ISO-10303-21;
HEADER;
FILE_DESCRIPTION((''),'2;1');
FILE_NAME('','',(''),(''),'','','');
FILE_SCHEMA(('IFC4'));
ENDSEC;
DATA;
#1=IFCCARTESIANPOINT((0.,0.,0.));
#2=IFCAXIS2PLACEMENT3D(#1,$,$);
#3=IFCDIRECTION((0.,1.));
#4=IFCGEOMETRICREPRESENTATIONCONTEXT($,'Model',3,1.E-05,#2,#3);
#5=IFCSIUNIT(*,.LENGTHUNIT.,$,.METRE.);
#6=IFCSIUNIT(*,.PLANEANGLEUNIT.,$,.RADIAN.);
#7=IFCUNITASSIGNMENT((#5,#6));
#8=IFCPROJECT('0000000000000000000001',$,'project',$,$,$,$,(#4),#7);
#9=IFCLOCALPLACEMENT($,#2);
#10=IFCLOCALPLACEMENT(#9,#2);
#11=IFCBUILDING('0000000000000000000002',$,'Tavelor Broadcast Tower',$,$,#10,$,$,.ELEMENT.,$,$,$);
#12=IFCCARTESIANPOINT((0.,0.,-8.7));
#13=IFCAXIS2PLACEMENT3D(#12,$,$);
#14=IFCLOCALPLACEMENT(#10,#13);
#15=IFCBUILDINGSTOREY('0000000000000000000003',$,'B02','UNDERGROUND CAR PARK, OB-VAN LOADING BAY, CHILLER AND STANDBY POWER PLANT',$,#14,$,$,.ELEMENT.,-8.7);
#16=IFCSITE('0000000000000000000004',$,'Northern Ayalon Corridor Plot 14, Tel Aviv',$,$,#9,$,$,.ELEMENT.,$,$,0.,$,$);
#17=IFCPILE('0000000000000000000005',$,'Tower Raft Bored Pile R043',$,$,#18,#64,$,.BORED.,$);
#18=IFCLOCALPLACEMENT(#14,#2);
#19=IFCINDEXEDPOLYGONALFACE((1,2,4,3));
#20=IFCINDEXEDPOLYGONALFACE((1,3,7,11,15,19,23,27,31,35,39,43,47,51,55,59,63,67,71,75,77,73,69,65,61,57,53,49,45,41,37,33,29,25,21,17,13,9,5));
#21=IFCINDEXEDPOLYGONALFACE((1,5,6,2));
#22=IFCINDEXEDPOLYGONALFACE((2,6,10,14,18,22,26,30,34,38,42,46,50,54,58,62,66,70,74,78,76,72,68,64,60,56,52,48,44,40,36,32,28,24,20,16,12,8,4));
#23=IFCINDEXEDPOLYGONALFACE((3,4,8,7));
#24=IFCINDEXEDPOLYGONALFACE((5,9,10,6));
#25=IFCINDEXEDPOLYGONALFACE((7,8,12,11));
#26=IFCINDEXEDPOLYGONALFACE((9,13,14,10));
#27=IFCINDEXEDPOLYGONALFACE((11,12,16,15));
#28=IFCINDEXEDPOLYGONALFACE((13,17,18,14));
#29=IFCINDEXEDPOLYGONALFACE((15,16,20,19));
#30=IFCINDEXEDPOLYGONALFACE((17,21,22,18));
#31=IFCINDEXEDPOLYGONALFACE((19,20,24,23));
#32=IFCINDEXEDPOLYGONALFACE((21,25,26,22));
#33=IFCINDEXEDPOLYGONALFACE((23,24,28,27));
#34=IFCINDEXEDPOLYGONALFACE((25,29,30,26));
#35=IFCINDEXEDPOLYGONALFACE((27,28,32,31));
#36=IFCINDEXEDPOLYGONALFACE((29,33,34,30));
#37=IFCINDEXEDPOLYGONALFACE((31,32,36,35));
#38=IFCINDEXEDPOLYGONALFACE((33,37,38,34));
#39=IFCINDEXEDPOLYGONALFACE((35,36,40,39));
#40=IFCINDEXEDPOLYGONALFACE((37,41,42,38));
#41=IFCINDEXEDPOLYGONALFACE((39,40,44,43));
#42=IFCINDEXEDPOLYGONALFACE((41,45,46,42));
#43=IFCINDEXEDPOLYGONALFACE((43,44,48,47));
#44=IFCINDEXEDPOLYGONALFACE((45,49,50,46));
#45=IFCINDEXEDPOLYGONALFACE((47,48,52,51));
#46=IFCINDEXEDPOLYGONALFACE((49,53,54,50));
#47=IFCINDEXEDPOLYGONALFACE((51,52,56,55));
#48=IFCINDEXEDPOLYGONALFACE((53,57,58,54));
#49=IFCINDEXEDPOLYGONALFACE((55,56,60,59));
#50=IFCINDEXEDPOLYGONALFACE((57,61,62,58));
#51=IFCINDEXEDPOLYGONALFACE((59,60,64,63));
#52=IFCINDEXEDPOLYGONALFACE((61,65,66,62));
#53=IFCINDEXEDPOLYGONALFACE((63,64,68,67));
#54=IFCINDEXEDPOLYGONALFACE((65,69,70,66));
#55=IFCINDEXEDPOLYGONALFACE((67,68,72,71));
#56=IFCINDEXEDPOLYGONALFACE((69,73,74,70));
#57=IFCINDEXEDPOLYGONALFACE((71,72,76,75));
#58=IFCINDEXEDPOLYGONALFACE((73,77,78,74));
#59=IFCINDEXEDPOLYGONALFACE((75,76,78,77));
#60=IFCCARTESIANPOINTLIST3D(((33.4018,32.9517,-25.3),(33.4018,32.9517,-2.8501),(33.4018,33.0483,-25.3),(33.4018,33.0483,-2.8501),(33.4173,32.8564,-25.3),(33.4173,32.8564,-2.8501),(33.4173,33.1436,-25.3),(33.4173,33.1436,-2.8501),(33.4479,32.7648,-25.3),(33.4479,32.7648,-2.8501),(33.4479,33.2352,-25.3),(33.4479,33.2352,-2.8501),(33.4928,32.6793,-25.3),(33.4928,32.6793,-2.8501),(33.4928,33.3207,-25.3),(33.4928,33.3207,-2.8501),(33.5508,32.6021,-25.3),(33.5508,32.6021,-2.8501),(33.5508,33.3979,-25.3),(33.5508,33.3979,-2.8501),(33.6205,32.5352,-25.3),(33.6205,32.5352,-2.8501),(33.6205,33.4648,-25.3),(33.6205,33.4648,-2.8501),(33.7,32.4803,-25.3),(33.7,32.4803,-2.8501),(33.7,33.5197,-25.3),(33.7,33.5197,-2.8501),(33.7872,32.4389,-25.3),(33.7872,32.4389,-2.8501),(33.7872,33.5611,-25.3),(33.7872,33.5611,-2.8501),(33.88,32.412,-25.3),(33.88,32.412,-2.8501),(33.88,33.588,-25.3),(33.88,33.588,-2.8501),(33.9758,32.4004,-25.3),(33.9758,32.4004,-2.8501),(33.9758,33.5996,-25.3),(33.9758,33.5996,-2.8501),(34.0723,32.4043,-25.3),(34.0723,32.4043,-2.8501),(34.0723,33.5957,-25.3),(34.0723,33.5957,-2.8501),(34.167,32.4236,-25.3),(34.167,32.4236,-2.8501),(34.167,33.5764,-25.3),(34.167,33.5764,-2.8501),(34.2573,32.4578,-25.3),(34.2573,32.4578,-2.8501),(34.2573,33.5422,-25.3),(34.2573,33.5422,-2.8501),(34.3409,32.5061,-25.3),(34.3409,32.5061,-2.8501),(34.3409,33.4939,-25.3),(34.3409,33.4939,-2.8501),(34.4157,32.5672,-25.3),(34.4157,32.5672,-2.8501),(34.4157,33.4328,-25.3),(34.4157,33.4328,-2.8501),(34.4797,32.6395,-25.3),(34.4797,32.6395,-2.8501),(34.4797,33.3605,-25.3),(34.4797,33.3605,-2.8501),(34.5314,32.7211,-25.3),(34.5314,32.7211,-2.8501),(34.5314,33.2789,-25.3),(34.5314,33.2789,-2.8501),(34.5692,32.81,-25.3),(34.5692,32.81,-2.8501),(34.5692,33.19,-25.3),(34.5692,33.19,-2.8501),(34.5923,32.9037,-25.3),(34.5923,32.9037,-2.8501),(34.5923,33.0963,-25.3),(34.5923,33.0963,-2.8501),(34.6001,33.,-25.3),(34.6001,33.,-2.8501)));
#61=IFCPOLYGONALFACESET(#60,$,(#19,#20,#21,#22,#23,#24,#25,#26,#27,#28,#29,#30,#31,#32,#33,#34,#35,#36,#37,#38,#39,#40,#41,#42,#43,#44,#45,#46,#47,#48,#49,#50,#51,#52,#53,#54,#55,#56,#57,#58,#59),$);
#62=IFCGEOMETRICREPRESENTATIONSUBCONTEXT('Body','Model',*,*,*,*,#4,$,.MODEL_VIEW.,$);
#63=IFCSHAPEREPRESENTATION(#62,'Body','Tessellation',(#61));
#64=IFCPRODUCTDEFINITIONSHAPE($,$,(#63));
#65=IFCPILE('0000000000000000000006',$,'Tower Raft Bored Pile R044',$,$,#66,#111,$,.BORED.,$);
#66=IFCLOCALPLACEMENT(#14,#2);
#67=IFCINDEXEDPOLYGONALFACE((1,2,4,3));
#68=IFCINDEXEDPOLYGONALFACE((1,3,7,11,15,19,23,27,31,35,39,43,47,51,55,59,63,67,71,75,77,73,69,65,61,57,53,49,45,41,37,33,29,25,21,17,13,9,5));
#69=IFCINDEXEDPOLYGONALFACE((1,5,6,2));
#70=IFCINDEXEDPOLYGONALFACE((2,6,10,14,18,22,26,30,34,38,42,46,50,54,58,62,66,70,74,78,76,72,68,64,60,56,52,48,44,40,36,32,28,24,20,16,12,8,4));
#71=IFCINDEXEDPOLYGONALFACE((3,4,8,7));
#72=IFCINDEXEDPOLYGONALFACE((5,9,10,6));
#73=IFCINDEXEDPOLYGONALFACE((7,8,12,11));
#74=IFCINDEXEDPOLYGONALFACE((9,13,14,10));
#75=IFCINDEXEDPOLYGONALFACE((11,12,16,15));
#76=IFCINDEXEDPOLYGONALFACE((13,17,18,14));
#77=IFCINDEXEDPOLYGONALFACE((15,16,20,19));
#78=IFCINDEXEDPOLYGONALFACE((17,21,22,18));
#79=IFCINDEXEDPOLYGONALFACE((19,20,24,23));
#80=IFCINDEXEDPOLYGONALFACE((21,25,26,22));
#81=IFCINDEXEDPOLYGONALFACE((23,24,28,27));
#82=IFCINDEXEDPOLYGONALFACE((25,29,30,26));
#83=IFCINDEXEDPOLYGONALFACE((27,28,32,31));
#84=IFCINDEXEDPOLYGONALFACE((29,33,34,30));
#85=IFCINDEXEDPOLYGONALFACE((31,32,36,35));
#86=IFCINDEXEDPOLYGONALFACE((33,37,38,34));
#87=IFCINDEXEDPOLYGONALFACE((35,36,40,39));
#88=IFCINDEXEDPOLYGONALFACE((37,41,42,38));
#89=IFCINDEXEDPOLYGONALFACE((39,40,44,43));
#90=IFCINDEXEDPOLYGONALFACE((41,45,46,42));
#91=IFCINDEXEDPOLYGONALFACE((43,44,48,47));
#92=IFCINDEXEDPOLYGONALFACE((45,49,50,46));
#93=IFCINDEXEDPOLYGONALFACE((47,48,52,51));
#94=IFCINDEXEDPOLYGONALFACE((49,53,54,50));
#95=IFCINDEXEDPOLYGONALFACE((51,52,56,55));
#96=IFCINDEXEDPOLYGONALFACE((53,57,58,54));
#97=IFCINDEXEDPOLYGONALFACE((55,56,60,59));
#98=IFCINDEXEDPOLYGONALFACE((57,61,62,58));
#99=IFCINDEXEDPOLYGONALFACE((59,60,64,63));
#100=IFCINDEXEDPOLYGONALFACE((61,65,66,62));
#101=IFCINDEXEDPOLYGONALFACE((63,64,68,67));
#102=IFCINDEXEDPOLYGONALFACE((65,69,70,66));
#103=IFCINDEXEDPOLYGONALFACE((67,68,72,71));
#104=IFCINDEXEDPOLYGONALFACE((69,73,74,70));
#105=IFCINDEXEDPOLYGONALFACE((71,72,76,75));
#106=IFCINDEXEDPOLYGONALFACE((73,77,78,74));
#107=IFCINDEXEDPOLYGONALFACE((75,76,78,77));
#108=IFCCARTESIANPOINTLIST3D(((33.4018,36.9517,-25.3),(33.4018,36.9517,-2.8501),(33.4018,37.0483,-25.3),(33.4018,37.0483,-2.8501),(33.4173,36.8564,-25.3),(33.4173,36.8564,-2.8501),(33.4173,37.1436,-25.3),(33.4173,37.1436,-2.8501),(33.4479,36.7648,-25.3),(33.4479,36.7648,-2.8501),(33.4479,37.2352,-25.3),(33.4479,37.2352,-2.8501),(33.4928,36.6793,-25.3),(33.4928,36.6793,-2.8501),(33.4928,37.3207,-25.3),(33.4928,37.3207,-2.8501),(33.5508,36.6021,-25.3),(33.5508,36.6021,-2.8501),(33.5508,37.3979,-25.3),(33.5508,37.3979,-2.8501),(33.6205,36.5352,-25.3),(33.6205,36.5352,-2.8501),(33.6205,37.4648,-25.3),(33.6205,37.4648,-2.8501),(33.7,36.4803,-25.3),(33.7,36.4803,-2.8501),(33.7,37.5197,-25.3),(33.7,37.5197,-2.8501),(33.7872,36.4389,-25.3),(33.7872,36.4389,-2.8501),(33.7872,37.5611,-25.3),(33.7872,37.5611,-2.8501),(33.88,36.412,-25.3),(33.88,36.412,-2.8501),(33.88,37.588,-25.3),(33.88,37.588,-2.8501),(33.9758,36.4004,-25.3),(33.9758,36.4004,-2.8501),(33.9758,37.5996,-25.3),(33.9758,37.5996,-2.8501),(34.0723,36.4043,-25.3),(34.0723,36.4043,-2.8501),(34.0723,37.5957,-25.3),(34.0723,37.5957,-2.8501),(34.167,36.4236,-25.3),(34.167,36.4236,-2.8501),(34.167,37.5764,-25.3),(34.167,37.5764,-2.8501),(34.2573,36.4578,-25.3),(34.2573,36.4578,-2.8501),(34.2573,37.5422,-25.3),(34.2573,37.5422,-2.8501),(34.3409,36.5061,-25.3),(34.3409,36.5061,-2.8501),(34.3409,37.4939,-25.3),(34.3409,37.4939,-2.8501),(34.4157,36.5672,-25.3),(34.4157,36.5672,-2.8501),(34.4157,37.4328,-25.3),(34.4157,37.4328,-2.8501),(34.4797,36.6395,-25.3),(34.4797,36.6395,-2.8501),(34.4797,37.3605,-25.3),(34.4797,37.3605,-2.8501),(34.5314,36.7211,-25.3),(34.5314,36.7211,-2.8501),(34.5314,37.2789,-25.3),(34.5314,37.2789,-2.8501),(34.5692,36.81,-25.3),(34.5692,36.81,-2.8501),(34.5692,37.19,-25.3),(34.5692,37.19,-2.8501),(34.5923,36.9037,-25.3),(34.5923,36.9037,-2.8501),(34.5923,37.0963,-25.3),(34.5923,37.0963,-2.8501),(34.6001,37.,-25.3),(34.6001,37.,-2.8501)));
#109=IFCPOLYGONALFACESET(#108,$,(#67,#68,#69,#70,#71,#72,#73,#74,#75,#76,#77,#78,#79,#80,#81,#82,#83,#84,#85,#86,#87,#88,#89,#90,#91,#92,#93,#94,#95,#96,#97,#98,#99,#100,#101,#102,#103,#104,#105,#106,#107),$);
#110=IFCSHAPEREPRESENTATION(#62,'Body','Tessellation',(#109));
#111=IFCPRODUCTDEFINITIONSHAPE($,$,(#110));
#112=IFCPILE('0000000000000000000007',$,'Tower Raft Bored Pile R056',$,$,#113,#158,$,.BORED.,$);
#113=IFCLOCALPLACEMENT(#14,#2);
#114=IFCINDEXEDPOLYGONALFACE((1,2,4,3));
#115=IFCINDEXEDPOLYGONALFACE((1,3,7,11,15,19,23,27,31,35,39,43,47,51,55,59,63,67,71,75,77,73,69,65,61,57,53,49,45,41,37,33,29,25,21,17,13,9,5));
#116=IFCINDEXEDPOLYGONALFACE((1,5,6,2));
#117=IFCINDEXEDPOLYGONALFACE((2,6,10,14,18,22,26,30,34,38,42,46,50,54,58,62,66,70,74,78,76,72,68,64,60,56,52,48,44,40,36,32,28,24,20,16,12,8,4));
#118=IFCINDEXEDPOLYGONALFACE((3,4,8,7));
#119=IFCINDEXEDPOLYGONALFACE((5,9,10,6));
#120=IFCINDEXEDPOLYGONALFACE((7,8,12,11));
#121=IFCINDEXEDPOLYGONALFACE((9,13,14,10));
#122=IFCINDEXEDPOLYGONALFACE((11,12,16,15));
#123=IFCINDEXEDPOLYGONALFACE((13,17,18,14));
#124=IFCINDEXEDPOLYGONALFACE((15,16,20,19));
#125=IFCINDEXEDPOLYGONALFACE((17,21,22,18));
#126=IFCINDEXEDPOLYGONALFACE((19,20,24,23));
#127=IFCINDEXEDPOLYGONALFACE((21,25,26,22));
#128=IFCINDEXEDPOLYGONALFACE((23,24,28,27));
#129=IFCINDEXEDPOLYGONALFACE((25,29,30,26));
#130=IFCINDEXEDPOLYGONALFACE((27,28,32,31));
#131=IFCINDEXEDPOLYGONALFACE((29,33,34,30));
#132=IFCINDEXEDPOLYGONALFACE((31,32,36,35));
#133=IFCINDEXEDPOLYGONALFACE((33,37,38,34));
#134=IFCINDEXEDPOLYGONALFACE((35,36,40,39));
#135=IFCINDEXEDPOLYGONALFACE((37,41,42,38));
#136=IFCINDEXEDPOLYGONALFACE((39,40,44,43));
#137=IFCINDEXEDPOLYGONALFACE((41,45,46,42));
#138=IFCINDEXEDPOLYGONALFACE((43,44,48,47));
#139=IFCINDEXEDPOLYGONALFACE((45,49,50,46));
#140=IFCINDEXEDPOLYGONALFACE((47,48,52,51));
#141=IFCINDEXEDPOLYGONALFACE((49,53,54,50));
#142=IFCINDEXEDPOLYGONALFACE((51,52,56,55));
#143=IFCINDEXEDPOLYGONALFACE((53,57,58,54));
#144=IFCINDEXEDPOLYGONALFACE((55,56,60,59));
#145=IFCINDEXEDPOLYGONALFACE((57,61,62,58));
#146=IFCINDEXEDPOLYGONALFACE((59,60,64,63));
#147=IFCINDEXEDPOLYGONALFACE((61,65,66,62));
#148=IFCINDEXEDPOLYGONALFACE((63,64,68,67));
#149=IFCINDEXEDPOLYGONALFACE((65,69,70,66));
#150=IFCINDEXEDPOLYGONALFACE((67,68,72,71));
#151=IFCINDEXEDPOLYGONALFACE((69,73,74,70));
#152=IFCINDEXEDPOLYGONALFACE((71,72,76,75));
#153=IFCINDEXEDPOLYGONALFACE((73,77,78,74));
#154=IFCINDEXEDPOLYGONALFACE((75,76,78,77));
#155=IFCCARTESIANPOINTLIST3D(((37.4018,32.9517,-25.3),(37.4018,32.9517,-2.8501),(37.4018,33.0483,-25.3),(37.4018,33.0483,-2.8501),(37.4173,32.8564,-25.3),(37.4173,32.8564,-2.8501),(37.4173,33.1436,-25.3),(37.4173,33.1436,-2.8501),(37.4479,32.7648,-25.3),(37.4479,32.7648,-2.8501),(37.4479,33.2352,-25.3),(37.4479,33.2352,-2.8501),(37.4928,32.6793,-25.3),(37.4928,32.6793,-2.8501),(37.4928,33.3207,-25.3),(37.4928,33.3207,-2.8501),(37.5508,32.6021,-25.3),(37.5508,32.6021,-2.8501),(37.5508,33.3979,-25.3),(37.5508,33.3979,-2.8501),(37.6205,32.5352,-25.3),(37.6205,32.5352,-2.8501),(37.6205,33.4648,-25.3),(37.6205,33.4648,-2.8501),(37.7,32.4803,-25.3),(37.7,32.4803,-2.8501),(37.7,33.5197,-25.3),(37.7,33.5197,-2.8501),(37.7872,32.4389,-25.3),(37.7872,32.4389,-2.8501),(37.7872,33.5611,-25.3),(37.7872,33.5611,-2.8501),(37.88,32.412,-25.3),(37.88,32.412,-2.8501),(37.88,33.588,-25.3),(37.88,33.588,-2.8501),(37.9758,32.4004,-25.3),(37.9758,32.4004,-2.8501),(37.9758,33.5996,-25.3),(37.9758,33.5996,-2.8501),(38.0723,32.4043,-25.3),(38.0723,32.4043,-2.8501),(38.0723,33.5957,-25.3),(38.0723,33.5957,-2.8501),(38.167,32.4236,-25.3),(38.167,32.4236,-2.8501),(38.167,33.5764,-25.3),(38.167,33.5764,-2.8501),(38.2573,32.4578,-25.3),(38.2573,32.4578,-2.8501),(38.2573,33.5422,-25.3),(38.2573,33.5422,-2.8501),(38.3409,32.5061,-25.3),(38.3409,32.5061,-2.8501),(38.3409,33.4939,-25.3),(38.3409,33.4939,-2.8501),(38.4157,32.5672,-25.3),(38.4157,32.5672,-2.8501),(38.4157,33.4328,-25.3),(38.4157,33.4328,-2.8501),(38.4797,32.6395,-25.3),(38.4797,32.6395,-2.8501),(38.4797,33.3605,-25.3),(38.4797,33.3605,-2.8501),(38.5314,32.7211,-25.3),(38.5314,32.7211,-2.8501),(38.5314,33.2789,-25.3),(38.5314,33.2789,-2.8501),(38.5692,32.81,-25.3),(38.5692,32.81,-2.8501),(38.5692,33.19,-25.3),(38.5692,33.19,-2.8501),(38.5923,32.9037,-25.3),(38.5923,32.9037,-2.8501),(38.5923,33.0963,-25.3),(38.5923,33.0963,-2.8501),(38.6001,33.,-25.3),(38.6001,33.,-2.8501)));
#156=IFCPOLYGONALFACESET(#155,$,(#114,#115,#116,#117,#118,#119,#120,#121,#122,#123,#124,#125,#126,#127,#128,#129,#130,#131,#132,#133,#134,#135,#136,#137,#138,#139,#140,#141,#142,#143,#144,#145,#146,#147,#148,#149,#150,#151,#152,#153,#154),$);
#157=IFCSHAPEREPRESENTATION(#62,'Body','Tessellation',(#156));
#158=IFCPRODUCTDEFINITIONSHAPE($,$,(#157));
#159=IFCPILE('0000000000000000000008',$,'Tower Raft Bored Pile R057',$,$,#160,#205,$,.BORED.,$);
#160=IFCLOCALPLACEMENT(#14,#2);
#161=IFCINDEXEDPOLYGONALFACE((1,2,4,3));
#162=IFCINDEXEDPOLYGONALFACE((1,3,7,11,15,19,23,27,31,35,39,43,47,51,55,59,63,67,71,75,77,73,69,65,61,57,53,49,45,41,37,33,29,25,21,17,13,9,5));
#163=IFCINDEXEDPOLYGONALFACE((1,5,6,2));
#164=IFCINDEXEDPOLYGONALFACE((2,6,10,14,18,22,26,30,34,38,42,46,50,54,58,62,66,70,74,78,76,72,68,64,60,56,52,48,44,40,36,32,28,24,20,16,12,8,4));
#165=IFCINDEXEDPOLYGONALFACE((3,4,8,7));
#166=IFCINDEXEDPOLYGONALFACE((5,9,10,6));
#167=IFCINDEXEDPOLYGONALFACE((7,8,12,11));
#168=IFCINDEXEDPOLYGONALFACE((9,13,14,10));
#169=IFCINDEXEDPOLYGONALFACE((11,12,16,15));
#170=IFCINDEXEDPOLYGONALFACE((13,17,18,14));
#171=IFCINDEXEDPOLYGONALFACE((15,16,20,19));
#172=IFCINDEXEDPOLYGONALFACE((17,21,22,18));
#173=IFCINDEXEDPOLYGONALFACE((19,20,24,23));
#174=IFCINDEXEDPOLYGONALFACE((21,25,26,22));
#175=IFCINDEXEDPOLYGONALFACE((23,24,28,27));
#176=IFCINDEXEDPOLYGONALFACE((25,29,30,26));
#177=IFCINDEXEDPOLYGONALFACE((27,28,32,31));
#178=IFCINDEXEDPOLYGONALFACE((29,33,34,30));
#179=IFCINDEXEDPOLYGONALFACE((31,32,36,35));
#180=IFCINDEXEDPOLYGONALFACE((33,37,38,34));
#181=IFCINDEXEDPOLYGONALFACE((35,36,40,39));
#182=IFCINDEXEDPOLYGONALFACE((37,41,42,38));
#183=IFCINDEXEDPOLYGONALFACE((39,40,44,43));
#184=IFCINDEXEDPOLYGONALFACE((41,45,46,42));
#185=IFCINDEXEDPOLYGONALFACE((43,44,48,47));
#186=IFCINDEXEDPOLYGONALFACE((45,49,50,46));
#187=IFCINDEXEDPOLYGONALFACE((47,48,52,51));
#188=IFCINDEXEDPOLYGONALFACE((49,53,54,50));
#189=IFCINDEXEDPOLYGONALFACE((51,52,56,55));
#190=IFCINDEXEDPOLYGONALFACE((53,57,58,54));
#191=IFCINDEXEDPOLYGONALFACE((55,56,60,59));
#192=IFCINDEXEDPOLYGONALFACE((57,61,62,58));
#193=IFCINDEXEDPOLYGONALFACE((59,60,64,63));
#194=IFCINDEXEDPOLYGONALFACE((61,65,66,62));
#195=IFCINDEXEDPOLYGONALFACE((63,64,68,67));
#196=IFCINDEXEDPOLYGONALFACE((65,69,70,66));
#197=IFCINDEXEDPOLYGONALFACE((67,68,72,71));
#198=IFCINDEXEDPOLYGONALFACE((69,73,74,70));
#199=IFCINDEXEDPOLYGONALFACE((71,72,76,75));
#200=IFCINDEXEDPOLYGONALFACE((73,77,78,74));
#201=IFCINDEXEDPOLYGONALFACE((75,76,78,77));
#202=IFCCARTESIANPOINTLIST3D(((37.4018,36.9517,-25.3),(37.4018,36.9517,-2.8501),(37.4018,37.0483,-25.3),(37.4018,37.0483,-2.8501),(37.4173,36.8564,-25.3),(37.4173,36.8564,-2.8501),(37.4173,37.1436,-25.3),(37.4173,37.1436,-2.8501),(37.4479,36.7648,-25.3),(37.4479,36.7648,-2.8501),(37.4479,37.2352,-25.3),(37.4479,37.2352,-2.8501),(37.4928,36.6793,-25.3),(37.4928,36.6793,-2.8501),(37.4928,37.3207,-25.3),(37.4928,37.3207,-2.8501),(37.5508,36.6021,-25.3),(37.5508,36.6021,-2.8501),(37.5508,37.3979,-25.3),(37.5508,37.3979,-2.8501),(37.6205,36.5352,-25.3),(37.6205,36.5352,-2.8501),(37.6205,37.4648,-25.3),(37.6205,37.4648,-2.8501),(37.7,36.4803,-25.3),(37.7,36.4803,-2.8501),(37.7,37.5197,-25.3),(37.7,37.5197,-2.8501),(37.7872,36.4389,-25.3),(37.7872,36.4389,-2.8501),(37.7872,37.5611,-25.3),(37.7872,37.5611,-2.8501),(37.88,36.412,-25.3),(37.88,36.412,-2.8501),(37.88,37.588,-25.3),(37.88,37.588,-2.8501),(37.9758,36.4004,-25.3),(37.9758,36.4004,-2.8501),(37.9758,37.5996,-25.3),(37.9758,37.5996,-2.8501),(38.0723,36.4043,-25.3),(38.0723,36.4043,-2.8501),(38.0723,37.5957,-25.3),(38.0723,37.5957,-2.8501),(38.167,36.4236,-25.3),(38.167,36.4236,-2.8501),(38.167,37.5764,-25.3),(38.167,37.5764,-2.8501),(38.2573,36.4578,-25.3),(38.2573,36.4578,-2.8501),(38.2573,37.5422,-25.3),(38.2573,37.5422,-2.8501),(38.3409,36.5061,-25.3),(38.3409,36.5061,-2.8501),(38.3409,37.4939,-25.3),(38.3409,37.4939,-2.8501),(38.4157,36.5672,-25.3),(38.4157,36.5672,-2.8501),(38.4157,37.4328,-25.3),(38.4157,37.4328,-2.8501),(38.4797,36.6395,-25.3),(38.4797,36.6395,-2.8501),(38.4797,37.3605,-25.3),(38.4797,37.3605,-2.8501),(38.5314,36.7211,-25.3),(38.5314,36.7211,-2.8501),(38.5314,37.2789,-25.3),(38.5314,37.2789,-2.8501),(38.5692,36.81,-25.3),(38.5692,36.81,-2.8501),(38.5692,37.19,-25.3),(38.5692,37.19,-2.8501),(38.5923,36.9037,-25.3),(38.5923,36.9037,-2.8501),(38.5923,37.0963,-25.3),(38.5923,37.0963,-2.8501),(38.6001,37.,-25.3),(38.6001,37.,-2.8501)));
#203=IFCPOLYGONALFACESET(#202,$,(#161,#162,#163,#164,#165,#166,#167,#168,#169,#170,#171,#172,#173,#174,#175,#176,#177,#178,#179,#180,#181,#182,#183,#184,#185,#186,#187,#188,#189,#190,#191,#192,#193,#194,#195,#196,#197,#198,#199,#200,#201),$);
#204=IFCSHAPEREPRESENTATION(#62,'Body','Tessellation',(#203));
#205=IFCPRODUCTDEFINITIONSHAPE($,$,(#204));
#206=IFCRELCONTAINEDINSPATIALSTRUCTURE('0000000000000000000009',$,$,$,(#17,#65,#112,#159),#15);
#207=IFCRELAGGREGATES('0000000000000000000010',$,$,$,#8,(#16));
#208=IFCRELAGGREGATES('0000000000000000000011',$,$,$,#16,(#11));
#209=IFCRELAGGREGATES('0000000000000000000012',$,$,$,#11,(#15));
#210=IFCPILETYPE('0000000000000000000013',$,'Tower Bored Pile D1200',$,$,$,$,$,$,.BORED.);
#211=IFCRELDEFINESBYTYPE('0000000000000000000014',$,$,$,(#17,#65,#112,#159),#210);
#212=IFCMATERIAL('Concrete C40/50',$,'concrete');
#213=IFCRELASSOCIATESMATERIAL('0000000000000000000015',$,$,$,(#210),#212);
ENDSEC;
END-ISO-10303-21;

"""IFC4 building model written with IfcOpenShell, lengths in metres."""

from ifc_helpers import new_model, si_unit, direction, frame, origin, origin_2d, place, context, subcontext, project, spatial, circle, extrude, material, material_profile, profile_set, type_object, element, save


model = new_model("IFC4")

# Units and contexts
model_context = context("Model", 3, precision=1e-05, world=origin(), true_north=direction((0.0, 1.0)))
body_context = subcontext(model_context, "Body", "Model", "MODEL_VIEW")
ifc_project = project(units=[si_unit("LENGTHUNIT", "METRE"), si_unit("PLANEANGLEUNIT", "RADIAN")], contexts=[model_context])

# Site, building, storey
site_placement = place(None, origin())
site = spatial("IfcSite", under=ifc_project, at=site_placement, Name="Northern Ayalon Corridor Plot 14, Tel Aviv", CompositionType="ELEMENT", RefElevation=0.0)
building_placement = place(site_placement, origin())
building = spatial("IfcBuilding", under=site, at=building_placement, Name="Tavelor Broadcast Tower", CompositionType="ELEMENT")
storey_placement = place(building_placement, frame((0.0, 0.0, -8.7)))
storey = spatial("IfcBuildingStorey", under=building, at=storey_placement, Name="B02", Description="UNDERGROUND CAR PARK, OB-VAN LOADING BAY, CHILLER AND STANDBY POWER PLANT", CompositionType="ELEMENT", Elevation=-8.7)

# Piles
ifc_material_1 = material(Name="Concrete C40/50", Category="concrete")
ifc_material_profile_1 = material_profile(ifc_material_1, circle(Radius=0.6001, at=origin_2d()), Name="PILE D1200")
ifc_profile_set_1 = profile_set([ifc_material_profile_1], Name="Concrete C40/50")
pile_type = type_object("IfcPileType", Name="Tower Bored Pile D1200", PredefinedType="BORED", material=ifc_profile_set_1)
for number, where, z_axis, x_axis, name in (
    (1, (34.0, 33.0, -2.8501), (0.0, 0.0, -1.0), (1.0, 0.0, 0.0), "Tower Raft Bored Pile R043"),
    (2, (34.0, 37.0, -2.8501), (0.0, 0.0, -1.0), (1.0, 0.0, 0.0), "Tower Raft Bored Pile R044"),
    (3, (38.0, 33.0, -2.8501), (0.0, 0.0, -1.0), (1.0, 0.0, 0.0), "Tower Raft Bored Pile R056"),
    (4, (38.0, 37.0, -2.8501), (0.0, 0.0, -1.0), (1.0, 0.0, 0.0), "Tower Raft Bored Pile R057"),
):
    element("IfcPile", number, at=place(storey_placement, frame(where, z_axis=z_axis, x_axis=x_axis)), inside=storey, type_object=pile_type, Name=name, PredefinedType="BORED", context=body_context, shape_type="SweptSolid", body=[
        extrude(circle(Radius=0.6001, at=origin_2d()), origin(), (0.0, 0.0, 1.0), 22.45),
    ])

save(model, "model.ifc")
